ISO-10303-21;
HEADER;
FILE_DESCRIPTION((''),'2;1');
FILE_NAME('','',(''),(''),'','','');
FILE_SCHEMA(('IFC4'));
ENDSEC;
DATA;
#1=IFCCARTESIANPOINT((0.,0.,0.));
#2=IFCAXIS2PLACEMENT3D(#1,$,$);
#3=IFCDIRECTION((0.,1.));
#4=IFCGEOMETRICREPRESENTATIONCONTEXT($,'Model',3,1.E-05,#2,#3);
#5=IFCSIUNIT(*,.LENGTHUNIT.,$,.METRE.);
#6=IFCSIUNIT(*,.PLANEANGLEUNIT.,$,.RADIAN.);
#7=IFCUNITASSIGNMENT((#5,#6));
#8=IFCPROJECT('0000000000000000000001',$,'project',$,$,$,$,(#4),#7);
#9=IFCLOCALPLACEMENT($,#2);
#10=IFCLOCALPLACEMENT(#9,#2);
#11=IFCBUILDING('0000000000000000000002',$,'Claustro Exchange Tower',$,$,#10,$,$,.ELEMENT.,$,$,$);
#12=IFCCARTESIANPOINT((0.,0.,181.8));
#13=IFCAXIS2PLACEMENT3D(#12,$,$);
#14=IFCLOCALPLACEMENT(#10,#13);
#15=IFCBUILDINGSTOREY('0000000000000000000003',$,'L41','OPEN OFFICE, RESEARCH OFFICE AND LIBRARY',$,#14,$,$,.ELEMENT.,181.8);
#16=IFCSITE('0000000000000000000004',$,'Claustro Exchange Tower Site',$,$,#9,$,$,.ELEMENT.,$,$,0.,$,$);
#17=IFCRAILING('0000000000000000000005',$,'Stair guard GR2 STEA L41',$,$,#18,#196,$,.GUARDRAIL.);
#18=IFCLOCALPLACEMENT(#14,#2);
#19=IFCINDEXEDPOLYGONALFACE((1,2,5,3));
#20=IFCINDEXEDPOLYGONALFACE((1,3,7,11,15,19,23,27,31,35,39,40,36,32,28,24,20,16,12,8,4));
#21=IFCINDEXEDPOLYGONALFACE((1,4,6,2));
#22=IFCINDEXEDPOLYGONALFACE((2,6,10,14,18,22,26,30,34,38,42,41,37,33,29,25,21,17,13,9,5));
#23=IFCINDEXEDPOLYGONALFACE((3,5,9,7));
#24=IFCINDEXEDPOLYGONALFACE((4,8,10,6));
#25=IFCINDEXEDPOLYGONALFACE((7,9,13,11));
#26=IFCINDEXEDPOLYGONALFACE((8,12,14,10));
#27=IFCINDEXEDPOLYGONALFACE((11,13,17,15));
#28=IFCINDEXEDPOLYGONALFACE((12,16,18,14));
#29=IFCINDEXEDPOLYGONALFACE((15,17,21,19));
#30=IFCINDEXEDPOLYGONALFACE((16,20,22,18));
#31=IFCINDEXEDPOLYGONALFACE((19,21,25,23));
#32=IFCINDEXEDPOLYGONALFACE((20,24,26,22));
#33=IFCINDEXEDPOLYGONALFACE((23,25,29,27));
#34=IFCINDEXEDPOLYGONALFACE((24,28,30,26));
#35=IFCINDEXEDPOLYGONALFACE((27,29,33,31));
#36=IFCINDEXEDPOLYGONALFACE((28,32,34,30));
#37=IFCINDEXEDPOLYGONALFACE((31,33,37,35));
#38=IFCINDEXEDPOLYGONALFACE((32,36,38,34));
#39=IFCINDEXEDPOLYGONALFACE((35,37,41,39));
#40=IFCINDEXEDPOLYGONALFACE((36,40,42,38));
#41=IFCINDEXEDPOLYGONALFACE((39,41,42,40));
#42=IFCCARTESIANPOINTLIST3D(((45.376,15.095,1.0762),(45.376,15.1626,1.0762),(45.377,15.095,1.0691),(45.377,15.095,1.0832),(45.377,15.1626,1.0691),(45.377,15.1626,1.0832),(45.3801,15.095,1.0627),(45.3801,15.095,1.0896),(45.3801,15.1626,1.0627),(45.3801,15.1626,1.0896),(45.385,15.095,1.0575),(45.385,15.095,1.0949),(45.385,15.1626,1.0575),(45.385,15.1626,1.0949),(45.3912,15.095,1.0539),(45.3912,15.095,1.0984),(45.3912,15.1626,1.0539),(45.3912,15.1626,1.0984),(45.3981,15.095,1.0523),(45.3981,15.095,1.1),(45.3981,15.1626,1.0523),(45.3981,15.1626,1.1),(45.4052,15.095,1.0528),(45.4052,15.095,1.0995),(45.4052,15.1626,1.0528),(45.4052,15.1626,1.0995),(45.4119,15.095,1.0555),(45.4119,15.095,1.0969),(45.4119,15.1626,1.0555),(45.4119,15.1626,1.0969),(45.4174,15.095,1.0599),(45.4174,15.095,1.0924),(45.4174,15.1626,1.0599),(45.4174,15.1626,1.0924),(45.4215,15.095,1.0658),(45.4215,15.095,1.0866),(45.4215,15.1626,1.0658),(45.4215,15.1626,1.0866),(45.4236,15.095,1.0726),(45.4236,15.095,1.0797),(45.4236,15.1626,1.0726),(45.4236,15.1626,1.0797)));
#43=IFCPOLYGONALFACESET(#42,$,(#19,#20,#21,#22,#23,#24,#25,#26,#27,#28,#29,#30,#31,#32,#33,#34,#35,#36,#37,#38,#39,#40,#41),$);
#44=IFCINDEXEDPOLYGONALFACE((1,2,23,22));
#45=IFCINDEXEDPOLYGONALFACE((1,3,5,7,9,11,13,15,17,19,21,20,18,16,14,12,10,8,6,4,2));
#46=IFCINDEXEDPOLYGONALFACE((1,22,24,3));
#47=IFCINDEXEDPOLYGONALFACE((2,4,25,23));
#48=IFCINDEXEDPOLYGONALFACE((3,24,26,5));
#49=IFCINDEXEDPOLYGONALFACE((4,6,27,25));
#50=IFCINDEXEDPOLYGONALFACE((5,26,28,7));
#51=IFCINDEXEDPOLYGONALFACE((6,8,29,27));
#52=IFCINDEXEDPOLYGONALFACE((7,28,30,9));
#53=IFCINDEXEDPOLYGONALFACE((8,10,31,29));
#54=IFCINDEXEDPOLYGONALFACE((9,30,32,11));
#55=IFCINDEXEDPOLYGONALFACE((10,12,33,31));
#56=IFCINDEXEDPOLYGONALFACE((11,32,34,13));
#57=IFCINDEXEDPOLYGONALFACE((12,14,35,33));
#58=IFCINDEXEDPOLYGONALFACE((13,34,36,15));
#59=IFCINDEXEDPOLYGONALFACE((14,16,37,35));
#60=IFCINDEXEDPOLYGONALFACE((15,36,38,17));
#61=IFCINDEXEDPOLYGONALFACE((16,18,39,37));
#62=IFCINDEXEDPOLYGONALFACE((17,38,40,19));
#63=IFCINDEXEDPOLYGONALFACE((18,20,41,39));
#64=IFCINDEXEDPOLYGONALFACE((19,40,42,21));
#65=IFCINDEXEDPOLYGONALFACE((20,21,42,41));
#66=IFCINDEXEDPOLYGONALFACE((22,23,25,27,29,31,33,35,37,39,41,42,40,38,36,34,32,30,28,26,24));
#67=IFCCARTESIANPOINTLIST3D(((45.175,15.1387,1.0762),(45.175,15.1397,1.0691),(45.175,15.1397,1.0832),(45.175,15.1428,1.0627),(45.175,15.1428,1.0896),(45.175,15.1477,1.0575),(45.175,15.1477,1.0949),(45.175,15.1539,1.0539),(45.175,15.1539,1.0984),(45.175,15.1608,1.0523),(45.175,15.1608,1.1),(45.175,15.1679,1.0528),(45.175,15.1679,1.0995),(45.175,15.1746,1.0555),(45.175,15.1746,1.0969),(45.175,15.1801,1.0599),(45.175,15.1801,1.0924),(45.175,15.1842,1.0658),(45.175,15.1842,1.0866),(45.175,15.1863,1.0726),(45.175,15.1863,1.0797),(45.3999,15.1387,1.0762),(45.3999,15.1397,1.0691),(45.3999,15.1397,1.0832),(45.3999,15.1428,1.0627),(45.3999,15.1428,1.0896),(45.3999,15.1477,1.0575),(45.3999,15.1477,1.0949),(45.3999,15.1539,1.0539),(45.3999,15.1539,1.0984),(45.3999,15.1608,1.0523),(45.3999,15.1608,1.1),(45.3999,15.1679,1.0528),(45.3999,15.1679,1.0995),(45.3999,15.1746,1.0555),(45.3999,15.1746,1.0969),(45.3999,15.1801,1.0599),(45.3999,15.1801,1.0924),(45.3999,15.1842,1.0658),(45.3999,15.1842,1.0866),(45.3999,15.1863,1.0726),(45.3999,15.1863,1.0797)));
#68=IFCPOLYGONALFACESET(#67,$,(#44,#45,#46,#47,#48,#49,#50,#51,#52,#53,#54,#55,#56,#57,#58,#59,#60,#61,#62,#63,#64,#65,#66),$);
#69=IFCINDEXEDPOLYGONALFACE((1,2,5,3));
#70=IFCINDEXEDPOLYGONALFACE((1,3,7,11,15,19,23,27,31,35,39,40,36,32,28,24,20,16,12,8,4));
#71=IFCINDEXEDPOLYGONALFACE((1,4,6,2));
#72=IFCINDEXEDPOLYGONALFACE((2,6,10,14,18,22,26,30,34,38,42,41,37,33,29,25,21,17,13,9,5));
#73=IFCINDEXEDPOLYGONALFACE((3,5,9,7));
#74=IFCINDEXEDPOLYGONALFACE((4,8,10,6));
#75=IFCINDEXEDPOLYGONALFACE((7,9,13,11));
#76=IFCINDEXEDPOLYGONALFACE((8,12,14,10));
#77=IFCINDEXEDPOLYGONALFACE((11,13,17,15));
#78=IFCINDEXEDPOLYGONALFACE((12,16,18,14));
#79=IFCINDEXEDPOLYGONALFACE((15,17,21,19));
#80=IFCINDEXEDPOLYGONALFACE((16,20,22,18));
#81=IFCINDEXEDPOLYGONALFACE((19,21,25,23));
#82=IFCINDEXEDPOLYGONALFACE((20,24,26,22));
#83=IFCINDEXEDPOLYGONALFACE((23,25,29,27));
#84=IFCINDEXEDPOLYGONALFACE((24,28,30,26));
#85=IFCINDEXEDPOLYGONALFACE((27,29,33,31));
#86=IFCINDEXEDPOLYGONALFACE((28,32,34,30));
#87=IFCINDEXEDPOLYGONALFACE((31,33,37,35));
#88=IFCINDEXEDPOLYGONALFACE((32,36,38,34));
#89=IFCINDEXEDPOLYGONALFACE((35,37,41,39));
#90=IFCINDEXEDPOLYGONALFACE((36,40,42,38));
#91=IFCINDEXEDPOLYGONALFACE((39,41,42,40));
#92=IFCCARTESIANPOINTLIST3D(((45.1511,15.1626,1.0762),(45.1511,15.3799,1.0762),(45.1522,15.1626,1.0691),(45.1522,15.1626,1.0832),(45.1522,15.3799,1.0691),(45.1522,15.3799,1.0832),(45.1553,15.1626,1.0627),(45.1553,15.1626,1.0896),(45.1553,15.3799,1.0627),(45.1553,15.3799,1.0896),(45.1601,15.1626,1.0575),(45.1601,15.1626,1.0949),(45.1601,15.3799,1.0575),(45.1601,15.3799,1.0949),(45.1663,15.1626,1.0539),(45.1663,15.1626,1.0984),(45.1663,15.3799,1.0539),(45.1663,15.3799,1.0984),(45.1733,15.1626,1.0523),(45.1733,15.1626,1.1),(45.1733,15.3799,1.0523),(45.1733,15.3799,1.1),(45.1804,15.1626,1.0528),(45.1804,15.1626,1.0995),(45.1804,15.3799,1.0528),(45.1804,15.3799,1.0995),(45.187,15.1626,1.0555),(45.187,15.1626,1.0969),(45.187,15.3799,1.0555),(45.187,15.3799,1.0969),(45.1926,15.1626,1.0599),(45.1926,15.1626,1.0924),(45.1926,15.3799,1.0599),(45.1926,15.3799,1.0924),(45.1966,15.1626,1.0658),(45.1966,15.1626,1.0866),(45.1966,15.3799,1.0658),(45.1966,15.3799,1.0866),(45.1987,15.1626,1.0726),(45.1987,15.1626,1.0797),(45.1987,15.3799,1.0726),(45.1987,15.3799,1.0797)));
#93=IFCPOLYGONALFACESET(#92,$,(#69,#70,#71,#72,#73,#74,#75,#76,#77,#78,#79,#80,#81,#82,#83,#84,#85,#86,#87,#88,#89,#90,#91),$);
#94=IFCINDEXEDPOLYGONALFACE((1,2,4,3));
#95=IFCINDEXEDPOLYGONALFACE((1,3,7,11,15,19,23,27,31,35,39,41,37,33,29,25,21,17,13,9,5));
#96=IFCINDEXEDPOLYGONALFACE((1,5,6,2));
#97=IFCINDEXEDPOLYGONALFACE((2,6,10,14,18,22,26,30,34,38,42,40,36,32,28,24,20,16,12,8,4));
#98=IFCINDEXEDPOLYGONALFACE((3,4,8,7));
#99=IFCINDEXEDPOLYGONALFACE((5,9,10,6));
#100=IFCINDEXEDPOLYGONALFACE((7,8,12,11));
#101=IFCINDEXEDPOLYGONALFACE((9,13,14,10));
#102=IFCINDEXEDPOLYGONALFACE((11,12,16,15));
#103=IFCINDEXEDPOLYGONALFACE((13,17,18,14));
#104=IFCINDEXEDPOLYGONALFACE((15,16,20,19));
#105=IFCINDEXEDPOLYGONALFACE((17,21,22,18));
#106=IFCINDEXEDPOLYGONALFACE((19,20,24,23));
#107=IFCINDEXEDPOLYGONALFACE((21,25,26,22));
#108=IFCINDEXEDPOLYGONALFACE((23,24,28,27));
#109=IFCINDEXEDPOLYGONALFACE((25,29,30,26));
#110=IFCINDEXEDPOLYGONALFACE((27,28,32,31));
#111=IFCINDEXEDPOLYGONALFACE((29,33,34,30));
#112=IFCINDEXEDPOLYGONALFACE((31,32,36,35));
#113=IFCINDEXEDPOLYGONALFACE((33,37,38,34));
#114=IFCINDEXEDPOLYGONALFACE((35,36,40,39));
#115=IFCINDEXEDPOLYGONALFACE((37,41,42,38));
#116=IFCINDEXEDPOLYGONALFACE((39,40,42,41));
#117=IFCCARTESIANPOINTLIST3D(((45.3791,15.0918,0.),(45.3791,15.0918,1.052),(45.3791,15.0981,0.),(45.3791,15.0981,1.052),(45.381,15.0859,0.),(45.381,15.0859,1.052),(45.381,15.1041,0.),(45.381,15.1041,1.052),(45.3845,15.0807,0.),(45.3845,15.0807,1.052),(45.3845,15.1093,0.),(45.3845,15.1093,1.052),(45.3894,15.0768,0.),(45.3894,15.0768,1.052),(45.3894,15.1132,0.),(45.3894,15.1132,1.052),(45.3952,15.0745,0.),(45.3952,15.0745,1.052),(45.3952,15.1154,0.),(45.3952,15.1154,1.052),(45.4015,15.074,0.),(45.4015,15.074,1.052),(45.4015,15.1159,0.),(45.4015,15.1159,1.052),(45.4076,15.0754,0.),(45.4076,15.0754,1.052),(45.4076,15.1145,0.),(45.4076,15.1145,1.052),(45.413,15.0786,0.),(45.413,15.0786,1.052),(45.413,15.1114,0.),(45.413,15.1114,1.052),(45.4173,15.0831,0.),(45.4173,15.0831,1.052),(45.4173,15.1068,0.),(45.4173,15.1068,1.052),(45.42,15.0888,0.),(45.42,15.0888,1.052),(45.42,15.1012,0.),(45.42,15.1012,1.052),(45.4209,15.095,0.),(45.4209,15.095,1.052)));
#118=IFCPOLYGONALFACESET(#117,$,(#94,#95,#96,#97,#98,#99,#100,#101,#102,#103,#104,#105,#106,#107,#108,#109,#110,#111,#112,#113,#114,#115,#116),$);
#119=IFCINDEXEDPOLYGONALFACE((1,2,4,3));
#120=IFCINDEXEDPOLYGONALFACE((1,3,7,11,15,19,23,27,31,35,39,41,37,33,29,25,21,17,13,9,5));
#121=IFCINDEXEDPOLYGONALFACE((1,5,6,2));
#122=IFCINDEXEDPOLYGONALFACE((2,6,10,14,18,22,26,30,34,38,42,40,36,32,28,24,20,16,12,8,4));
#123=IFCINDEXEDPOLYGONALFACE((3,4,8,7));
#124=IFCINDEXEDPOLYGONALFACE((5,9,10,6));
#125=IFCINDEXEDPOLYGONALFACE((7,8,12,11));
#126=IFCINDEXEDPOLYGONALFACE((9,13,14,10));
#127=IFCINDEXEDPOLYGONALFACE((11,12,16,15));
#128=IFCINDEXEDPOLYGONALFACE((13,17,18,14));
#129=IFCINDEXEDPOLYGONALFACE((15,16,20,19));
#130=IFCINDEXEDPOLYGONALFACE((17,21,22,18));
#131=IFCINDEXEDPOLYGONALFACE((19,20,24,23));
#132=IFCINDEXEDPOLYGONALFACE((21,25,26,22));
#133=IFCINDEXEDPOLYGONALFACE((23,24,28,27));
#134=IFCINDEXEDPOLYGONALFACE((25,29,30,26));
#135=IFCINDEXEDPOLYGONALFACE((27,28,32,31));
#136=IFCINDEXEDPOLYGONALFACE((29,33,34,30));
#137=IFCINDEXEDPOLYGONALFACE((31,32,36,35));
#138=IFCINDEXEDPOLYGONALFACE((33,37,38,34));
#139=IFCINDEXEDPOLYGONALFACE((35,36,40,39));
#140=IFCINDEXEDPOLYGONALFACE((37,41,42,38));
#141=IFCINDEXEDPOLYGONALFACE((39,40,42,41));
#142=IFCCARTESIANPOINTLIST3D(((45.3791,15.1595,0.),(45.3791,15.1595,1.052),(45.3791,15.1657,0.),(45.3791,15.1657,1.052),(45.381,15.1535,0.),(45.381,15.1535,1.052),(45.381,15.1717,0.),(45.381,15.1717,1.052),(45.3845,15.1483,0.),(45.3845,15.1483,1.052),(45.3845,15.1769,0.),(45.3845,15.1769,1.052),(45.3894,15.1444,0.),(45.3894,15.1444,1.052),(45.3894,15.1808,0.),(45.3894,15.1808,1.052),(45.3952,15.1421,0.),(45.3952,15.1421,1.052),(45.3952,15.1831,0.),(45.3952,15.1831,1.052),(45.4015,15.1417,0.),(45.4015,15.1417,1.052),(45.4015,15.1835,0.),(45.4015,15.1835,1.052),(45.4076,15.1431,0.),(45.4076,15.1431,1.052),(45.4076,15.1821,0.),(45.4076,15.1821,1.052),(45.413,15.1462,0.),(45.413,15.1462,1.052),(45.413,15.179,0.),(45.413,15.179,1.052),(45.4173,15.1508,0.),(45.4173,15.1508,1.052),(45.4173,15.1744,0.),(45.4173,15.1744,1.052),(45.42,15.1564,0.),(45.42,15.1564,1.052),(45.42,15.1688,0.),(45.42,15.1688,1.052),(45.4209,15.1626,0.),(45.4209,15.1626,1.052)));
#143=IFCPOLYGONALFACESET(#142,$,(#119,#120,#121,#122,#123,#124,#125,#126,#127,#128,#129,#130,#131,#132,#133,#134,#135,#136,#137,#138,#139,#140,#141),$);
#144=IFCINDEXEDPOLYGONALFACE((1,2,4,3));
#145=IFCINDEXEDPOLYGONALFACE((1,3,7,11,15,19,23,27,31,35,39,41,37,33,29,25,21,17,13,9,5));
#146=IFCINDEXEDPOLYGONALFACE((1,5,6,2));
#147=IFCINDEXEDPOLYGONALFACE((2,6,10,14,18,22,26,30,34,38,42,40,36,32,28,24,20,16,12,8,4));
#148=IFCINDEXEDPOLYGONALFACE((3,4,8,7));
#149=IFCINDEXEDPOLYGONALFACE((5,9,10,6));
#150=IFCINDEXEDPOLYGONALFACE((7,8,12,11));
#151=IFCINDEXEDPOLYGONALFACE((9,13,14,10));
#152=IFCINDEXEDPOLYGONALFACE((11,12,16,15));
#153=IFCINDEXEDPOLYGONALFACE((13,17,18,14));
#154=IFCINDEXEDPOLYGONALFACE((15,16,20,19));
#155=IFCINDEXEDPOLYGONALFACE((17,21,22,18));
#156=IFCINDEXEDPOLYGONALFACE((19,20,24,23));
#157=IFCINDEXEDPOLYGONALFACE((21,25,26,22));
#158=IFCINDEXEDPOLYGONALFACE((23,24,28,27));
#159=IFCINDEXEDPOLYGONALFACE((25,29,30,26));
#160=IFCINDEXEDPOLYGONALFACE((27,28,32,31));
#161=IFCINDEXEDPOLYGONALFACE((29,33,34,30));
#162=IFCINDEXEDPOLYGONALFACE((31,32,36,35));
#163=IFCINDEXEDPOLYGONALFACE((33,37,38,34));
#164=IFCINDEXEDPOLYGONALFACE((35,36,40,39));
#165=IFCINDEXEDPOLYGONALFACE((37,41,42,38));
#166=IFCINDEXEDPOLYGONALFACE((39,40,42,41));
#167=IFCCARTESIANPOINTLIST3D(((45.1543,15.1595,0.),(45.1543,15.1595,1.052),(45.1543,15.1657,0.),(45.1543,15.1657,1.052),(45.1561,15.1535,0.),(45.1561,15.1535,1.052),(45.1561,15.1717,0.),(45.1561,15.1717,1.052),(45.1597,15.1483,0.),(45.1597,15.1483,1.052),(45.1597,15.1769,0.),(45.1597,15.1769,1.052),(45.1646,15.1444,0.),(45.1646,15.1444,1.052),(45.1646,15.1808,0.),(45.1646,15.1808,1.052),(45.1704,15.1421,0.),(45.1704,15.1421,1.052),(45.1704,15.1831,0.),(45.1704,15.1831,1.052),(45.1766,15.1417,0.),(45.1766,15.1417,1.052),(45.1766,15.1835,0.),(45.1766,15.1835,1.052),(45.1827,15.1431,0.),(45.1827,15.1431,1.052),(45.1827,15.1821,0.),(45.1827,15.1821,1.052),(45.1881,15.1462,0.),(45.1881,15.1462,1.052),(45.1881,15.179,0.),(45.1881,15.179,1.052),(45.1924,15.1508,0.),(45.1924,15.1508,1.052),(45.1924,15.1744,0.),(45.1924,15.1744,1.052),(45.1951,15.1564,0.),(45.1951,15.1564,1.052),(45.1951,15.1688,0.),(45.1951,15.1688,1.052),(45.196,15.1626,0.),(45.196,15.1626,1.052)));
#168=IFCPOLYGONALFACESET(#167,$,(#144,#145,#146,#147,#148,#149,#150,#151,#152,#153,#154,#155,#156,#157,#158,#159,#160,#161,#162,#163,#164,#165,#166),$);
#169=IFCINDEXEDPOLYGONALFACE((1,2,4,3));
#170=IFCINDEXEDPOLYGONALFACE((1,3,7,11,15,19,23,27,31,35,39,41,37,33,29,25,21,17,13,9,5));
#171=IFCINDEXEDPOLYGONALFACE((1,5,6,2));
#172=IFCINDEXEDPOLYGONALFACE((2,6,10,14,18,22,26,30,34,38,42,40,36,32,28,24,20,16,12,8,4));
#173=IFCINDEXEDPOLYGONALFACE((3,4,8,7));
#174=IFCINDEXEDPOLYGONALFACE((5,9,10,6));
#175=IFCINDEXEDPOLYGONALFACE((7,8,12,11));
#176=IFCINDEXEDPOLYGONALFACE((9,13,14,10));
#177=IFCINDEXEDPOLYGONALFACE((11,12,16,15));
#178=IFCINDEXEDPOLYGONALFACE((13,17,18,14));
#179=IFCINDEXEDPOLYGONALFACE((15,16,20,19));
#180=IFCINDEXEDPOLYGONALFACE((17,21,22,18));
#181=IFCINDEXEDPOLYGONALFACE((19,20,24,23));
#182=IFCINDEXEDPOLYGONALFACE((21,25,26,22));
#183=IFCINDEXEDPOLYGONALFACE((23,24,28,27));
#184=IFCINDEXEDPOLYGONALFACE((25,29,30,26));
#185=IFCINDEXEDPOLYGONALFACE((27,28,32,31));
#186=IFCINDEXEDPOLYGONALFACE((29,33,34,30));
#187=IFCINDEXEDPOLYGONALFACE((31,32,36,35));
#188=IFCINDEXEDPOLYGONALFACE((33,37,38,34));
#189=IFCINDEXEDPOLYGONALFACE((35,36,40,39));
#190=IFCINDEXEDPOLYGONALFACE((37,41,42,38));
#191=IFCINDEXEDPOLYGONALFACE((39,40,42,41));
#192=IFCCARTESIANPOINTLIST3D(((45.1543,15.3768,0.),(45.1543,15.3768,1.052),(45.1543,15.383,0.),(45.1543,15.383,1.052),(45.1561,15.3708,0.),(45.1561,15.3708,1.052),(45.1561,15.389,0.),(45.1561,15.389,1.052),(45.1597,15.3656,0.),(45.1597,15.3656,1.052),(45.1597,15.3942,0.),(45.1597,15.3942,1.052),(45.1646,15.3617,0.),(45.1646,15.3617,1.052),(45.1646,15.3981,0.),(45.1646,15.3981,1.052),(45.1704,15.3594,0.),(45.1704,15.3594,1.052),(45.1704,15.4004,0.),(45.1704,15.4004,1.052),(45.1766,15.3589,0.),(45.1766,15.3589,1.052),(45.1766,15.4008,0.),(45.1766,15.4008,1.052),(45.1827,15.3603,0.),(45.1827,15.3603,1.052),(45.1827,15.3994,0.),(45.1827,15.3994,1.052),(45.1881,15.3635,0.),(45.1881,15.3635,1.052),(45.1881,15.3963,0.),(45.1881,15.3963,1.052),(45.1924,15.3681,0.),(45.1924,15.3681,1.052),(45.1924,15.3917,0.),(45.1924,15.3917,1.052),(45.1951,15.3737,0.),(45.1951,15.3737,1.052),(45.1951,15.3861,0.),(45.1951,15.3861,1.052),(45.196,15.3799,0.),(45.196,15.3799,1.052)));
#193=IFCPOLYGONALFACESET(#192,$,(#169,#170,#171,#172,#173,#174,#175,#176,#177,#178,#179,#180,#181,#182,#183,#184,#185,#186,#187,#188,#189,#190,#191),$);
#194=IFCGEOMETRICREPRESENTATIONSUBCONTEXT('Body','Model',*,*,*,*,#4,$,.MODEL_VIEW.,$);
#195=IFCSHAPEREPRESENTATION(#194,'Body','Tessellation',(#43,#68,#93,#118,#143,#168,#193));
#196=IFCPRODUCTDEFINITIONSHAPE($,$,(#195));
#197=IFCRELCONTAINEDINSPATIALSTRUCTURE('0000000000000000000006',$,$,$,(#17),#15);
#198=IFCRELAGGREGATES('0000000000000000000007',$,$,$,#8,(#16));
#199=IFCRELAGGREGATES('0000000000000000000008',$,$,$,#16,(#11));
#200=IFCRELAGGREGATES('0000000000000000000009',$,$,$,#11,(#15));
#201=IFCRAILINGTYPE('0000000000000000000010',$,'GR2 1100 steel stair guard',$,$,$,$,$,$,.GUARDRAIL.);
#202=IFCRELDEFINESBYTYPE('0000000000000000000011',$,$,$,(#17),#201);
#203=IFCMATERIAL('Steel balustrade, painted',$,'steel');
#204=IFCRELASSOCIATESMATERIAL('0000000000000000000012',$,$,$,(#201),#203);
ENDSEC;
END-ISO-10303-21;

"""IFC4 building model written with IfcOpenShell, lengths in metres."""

from ifc_helpers import new_model, si_unit, direction, frame, origin, origin_2d, place, context, subcontext, project, spatial, circle, extrude, material, type_object, element, save


model = new_model("IFC4")

# Units and contexts
model_context = context("Model", 3, precision=1e-05, world=origin(), true_north=direction((0.0, 1.0)))
body_context = subcontext(model_context, "Body", "Model", "MODEL_VIEW")
ifc_project = project(units=[si_unit("LENGTHUNIT", "METRE"), si_unit("PLANEANGLEUNIT", "RADIAN")], contexts=[model_context])

# Site, building, storey
site_placement = place(None, origin())
site = spatial("IfcSite", under=ifc_project, at=site_placement, Name="Claustro Exchange Tower Site", CompositionType="ELEMENT", RefElevation=0.0)
building_placement = place(site_placement, origin())
building = spatial("IfcBuilding", under=site, at=building_placement, Name="Claustro Exchange Tower", CompositionType="ELEMENT")
storey_placement = place(building_placement, frame((0.0, 0.0, 181.8)))
storey = spatial("IfcBuildingStorey", under=building, at=storey_placement, Name="L41", Description="OPEN OFFICE, RESEARCH OFFICE AND LIBRARY", CompositionType="ELEMENT", Elevation=181.8)

# Railing
ifc_material_1 = material(Name="Steel balustrade, painted", Category="steel")
railing_type_1 = type_object("IfcRailingType", Name="GR2 1100 steel stair guard", PredefinedType="GUARDRAIL", material=ifc_material_1)
railing_1_placement = place(storey_placement, frame((45.3999, 15.095, 0.0)))
element("IfcRailing", 1, at=railing_1_placement, inside=storey, type_object=railing_type_1, Name="Stair guard GR2 STEA L41", PredefinedType="GUARDRAIL", context=body_context, shape_type="SweptSolid", body=[
    extrude(circle(Radius=0.0239, at=origin_2d()), frame((0.0, 0.0, 1.0762), z_axis=(0.0, 1.0, 0.0), x_axis=(-1.0, 0.0, 0.0)), (0.0, 0.0, 1.0), 0.0676),
    extrude(circle(Radius=0.0239, at=origin_2d()), frame((0.0, 0.0676, 1.0762), z_axis=(-1.0, 0.0, 0.0), x_axis=(0.0, -1.0, 0.0)), (0.0, 0.0, 1.0), 0.2249),
    extrude(circle(Radius=0.0239, at=origin_2d()), frame((-0.2249, 0.0676, 1.0762), z_axis=(0.0, 1.0, 0.0), x_axis=(-1.0, 0.0, 0.0)), (0.0, 0.0, 1.0), 0.2173),
    extrude(circle(Radius=0.021, at=origin_2d()), origin(), (0.0, 0.0, 1.0), 1.052),
    extrude(circle(Radius=0.021, at=origin_2d()), frame((0.0, 0.0676, 0.0)), (0.0, 0.0, 1.0), 1.052),
    extrude(circle(Radius=0.021, at=origin_2d()), frame((-0.2249, 0.0676, 0.0)), (0.0, 0.0, 1.0), 1.052),
    extrude(circle(Radius=0.021, at=origin_2d()), frame((-0.2249, 0.2849, 0.0)), (0.0, 0.0, 1.0), 1.052),
])

save(model, "model.ifc")
